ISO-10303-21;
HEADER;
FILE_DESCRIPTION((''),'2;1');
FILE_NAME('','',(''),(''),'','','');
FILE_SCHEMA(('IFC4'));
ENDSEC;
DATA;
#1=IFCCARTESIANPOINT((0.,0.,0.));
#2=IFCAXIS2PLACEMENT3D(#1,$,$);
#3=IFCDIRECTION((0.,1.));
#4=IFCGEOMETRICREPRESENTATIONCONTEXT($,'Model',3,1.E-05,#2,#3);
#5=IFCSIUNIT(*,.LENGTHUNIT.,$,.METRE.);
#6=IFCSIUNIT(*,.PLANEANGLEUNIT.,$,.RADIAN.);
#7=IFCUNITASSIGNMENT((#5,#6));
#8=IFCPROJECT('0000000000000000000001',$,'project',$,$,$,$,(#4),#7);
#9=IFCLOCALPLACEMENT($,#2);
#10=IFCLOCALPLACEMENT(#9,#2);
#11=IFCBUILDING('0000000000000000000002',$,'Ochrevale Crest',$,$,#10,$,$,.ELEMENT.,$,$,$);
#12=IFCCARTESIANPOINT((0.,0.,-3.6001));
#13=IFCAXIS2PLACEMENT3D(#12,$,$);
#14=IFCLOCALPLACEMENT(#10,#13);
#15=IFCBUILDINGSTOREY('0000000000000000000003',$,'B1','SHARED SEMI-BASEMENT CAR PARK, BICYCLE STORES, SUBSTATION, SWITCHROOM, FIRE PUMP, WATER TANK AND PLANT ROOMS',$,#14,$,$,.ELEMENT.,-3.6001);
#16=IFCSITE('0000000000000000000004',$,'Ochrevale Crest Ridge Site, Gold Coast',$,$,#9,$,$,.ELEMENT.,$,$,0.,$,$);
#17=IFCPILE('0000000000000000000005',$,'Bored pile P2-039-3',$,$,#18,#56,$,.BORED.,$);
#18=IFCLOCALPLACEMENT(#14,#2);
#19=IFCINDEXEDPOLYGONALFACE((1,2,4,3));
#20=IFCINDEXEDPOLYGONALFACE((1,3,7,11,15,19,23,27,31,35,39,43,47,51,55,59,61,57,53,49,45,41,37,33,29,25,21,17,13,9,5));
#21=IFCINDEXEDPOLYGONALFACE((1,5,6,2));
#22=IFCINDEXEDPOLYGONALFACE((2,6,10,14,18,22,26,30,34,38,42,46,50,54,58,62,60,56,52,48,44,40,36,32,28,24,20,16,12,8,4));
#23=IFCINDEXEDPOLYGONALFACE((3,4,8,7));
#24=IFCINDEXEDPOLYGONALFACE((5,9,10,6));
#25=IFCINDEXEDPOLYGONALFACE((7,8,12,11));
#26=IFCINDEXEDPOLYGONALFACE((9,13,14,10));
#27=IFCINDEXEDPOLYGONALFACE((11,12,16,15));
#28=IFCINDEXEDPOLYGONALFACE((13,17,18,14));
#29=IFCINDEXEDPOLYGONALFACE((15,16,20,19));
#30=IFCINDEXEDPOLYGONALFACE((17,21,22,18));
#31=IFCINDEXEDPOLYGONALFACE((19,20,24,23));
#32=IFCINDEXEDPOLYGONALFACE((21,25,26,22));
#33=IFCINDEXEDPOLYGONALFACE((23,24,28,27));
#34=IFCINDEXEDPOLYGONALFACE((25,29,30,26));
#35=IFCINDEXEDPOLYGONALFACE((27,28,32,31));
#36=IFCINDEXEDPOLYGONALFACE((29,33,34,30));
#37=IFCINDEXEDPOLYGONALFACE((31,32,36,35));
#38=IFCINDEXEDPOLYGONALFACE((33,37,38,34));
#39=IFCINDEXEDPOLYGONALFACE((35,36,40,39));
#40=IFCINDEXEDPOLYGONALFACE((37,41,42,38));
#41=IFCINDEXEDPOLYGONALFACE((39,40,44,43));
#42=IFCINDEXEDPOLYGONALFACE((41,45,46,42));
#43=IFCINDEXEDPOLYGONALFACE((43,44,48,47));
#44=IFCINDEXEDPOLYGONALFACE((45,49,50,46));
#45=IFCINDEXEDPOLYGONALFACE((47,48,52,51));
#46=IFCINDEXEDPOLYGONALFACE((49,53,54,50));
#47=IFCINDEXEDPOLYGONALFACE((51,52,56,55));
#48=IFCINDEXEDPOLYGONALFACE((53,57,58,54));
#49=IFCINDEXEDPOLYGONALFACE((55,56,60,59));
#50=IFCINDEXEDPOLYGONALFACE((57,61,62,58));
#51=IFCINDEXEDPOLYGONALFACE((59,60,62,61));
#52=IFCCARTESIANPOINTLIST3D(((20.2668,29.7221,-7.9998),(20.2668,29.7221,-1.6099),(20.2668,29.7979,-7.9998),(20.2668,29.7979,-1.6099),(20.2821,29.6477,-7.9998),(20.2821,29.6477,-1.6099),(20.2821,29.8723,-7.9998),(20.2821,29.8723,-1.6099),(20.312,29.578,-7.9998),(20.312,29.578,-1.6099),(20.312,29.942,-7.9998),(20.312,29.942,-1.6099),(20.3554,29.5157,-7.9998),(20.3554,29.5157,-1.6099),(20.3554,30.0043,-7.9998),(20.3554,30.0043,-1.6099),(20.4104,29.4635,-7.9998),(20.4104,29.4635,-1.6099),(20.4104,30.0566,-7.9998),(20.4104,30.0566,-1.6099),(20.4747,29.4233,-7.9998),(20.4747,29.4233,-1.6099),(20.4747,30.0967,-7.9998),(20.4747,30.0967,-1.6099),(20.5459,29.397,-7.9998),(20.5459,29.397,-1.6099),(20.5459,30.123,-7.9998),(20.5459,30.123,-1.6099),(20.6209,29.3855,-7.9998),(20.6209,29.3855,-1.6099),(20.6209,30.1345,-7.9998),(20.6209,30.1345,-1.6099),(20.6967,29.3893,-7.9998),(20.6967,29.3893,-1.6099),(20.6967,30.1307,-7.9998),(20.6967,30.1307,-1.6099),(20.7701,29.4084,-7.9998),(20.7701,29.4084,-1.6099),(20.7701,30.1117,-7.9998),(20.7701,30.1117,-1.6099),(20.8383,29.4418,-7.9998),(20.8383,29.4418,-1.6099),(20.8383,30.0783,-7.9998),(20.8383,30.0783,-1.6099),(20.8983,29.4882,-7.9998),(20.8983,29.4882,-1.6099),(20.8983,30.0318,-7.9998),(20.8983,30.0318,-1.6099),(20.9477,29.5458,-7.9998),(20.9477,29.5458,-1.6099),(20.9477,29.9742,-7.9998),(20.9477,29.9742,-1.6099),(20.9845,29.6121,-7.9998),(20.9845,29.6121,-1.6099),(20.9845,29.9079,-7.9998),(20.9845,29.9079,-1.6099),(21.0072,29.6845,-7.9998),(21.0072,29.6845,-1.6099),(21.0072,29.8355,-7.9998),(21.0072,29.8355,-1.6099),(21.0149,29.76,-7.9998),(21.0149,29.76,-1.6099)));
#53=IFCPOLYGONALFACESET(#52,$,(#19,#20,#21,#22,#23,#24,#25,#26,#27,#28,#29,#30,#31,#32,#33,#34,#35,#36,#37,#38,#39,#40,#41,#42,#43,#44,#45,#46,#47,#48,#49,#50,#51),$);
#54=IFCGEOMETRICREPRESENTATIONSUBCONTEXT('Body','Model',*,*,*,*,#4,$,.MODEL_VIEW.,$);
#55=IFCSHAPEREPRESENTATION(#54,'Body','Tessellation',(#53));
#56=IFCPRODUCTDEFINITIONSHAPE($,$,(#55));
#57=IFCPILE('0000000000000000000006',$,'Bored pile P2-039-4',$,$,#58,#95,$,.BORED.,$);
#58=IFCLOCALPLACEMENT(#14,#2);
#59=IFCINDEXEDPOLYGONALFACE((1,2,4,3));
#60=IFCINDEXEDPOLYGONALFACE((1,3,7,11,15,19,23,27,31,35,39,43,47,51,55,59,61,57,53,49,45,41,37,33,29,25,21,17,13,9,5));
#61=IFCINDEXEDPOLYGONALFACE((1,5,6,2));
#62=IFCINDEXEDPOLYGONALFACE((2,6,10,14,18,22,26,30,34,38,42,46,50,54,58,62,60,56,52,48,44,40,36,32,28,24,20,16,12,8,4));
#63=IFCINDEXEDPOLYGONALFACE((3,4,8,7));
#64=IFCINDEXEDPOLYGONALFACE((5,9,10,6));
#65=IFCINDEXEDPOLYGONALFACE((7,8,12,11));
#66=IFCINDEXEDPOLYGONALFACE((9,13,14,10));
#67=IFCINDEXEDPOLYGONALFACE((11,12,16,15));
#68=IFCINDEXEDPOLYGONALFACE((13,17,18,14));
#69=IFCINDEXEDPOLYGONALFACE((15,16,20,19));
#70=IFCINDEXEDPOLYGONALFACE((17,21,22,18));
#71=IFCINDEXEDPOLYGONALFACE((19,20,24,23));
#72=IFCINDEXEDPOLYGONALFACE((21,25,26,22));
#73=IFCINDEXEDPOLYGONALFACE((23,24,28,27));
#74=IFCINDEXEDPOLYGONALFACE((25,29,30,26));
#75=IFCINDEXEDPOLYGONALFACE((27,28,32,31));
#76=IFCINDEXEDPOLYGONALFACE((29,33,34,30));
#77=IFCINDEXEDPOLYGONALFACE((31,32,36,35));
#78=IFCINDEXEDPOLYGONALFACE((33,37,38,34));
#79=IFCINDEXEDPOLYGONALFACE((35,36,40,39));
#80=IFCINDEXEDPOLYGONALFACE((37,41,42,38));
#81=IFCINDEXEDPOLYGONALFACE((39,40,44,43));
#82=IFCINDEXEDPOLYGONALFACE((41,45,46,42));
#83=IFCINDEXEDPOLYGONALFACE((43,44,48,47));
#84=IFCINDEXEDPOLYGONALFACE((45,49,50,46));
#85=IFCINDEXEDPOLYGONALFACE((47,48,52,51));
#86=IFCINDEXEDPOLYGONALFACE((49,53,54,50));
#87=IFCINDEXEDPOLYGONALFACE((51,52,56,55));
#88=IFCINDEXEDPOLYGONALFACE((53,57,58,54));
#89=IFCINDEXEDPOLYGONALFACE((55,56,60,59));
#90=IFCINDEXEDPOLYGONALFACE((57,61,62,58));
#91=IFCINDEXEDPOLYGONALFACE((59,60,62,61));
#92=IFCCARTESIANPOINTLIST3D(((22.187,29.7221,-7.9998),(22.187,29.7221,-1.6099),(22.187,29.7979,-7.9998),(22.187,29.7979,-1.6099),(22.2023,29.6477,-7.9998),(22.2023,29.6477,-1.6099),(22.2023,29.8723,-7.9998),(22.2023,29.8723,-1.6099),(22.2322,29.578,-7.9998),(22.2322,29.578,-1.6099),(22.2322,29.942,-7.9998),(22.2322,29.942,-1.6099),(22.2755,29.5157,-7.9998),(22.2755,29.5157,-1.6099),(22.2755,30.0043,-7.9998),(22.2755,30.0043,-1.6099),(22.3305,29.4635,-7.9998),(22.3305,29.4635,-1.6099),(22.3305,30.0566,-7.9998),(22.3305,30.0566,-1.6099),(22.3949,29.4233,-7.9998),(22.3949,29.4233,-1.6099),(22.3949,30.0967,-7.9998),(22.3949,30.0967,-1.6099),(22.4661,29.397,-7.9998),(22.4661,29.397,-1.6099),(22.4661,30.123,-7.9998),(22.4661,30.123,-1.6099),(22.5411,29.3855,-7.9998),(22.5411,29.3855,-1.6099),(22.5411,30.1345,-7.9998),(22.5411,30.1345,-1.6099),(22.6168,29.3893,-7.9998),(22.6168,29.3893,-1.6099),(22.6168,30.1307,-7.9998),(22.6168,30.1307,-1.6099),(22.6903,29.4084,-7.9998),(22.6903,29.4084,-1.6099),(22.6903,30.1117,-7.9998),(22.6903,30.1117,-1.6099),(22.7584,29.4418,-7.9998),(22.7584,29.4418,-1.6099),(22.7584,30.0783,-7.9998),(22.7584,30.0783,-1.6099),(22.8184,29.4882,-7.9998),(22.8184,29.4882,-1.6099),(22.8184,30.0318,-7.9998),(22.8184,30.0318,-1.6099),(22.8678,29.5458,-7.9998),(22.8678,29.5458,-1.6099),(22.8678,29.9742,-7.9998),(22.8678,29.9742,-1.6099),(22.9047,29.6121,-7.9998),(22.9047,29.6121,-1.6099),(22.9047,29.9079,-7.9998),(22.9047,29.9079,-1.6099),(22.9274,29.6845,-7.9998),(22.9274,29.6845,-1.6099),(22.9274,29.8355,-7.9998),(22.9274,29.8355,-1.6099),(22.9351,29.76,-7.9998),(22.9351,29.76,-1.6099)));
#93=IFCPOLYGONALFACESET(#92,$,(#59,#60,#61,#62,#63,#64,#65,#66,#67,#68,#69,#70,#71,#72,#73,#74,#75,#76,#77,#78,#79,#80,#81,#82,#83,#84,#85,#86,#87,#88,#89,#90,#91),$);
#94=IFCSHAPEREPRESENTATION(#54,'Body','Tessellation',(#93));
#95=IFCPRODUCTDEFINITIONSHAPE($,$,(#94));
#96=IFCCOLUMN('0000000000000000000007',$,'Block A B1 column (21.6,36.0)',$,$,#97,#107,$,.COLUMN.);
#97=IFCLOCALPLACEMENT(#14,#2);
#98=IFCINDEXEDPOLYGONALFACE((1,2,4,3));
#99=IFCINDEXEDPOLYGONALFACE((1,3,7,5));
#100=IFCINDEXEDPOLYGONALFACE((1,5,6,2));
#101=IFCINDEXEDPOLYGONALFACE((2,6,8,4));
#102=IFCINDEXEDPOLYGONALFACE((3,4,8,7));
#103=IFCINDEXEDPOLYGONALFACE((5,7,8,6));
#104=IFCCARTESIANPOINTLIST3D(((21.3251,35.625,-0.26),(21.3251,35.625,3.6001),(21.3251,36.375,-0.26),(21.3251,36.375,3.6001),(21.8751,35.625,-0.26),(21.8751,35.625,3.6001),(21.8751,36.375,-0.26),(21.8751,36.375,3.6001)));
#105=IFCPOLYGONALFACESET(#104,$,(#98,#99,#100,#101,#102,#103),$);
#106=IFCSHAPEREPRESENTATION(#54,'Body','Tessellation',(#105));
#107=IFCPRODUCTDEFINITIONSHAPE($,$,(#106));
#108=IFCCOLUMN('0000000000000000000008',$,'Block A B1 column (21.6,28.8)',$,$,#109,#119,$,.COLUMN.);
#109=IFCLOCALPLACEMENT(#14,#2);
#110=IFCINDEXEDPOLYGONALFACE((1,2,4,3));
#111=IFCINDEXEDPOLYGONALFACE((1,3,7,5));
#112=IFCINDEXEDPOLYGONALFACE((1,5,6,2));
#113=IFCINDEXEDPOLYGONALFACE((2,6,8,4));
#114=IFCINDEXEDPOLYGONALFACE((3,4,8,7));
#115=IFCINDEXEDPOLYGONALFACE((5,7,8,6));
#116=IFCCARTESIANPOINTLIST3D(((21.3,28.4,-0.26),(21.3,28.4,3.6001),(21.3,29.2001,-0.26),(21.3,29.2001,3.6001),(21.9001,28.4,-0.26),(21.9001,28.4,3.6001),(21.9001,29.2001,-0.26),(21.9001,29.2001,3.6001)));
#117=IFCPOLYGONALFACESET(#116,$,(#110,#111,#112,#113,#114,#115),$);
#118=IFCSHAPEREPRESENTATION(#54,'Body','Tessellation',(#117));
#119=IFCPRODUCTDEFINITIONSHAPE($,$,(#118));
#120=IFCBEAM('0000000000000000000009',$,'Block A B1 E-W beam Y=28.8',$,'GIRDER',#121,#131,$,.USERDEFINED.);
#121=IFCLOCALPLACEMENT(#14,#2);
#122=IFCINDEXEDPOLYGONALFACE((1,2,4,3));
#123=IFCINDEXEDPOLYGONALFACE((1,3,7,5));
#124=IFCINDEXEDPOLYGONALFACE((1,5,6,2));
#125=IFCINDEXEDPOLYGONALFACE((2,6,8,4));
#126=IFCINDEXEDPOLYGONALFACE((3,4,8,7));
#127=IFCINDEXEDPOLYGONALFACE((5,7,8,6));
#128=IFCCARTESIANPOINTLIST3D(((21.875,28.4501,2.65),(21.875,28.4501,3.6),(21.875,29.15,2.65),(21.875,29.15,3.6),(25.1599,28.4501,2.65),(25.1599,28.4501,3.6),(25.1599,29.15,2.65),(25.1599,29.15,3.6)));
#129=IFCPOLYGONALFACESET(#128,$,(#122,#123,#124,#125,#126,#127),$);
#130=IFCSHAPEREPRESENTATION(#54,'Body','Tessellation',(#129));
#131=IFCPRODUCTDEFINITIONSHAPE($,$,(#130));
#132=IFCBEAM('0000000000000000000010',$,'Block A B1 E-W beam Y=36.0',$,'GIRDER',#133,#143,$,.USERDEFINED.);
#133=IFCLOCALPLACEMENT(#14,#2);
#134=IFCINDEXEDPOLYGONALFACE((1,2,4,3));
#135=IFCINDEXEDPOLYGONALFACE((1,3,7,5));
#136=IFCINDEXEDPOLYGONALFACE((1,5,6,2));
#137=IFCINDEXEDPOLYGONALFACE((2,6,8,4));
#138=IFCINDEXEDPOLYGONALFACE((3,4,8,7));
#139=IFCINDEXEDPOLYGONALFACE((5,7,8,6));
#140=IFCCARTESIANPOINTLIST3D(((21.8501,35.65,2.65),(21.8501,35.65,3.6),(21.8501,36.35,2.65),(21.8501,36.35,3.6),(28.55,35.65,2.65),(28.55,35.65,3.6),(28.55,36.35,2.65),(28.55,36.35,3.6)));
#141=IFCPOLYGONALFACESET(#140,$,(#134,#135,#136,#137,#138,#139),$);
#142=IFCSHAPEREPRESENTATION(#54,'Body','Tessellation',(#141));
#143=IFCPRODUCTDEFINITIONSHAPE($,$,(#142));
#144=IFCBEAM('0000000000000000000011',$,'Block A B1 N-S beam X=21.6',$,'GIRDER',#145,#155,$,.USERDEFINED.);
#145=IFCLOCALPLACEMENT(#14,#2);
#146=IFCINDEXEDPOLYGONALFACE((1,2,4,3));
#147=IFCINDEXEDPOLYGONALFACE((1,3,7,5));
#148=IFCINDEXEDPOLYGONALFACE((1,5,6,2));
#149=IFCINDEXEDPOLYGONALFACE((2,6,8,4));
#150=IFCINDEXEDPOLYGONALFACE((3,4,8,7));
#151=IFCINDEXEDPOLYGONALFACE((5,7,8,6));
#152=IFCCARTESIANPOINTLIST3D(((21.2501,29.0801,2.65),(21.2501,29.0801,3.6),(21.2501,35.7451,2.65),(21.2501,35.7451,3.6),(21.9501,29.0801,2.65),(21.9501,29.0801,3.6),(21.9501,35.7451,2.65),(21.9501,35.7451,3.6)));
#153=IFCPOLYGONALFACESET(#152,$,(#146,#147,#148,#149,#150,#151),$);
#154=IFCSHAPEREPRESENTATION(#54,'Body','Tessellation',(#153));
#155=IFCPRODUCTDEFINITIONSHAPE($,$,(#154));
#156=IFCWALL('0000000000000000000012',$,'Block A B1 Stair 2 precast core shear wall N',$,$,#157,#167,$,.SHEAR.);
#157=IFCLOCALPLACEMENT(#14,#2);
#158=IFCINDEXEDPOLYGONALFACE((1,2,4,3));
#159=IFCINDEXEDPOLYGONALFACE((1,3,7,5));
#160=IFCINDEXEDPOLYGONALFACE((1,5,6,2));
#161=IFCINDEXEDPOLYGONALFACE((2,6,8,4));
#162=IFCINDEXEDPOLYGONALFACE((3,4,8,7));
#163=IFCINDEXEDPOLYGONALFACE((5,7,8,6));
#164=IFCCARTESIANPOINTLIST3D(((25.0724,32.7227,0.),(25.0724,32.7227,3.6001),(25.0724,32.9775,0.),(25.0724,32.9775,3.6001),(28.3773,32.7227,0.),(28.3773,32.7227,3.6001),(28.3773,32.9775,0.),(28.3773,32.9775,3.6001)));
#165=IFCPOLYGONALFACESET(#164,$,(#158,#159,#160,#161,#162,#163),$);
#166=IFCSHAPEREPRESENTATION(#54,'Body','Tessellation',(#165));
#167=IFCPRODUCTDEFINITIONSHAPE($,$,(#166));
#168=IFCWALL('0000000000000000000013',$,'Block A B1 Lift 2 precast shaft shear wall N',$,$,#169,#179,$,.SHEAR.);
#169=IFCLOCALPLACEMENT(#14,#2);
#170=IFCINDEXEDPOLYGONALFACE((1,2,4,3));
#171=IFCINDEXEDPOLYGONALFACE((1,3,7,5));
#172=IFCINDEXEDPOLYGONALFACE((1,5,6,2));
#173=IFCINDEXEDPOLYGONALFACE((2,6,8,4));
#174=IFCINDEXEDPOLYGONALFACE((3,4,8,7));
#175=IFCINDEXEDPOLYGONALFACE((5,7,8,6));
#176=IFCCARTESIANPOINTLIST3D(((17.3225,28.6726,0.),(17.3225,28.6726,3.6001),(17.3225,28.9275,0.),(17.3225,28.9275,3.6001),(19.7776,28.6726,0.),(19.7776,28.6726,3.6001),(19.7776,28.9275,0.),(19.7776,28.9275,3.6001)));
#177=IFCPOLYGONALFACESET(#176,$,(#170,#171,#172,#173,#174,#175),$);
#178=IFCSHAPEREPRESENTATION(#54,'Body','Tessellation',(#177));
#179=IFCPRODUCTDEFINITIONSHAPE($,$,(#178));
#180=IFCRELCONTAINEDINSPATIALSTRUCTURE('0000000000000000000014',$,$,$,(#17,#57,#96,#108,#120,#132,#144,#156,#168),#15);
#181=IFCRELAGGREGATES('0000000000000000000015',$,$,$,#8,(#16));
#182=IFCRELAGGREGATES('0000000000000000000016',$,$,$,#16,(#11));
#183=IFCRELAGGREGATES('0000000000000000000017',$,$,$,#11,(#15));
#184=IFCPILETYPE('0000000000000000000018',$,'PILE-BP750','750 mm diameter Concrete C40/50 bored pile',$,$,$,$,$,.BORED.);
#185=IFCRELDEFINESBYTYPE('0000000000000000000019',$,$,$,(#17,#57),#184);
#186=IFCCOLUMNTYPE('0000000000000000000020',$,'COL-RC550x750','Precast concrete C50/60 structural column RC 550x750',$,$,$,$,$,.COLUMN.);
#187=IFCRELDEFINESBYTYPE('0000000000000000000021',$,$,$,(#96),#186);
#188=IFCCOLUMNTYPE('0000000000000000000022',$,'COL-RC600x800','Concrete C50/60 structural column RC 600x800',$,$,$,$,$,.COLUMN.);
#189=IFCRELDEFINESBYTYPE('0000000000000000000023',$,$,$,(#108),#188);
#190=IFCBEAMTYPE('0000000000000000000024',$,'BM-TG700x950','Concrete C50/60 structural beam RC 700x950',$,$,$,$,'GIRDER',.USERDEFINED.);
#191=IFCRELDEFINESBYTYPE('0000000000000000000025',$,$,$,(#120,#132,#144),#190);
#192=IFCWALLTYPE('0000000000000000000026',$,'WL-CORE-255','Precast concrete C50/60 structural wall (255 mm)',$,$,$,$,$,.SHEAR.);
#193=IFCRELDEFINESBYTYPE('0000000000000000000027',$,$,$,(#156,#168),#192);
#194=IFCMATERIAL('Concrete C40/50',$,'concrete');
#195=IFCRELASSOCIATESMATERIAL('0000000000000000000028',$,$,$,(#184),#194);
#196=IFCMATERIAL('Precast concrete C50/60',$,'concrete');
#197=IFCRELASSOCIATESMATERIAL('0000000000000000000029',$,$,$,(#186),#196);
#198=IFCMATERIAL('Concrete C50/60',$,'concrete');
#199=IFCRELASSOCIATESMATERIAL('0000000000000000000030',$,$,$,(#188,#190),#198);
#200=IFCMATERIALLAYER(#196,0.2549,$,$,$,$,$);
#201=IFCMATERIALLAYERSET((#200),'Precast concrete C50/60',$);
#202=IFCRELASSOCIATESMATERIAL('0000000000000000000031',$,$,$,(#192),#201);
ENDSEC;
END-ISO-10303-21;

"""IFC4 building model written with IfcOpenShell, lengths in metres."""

from ifc_helpers import new_model, si_unit, direction, frame, frame_2d, origin, origin_2d, place, context, subcontext, project, spatial, rectangle, circle, extrude, material, layer, layer_set, material_profile, profile_set, type_object, element, save


model = new_model("IFC4")

# Units and contexts
model_context = context("Model", 3, precision=1e-05, world=origin(), true_north=direction((0.0, 1.0)))
body_context = subcontext(model_context, "Body", "Model", "MODEL_VIEW")
ifc_project = project(units=[si_unit("LENGTHUNIT", "METRE"), si_unit("PLANEANGLEUNIT", "RADIAN")], contexts=[model_context])

# Site, building, storey
site_placement = place(None, origin())
site = spatial("IfcSite", under=ifc_project, at=site_placement, Name="Ochrevale Crest Ridge Site, Gold Coast", CompositionType="ELEMENT", RefElevation=0.0)
building_placement = place(site_placement, origin())
building = spatial("IfcBuilding", under=site, at=building_placement, Name="Ochrevale Crest", CompositionType="ELEMENT")
storey_placement = place(building_placement, frame((0.0, 0.0, -3.6001)))
storey = spatial("IfcBuildingStorey", under=building, at=storey_placement, Name="B1", Description="SHARED SEMI-BASEMENT CAR PARK, BICYCLE STORES, SUBSTATION, SWITCHROOM, FIRE PUMP, WATER TANK AND PLANT ROOMS", CompositionType="ELEMENT", Elevation=-3.6001)

# Shared definitions
ifc_material_1 = material(Name="Concrete C40/50", Category="concrete")

# Piles
ifc_material_profile_1 = material_profile(ifc_material_1, circle(Radius=0.375, at=origin_2d()), Name="BORED PILE 750")
ifc_profile_set_1 = profile_set([ifc_material_profile_1], Name="Concrete C40/50")
pile_type_1 = type_object("IfcPileType", Name="PILE-BP750", Description="750 mm diameter Concrete C40/50 bored pile", PredefinedType="BORED", material=ifc_profile_set_1)
for number, where, z_axis, x_axis, name in (
    (1, (20.6399, 29.76, -1.6099), (0.0, 0.0, -1.0), (1.0, 0.0, 0.0), "Bored pile P2-039-3"),
    (2, (22.5601, 29.76, -1.6099), (0.0, 0.0, -1.0), (1.0, 0.0, 0.0), "Bored pile P2-039-4"),
):
    element("IfcPile", number, at=place(storey_placement, frame(where, z_axis=z_axis, x_axis=x_axis)), inside=storey, type_object=pile_type_1, Name=name, PredefinedType="BORED", context=body_context, shape_type="SweptSolid", body=[
        extrude(circle(Radius=0.375, at=origin_2d()), origin(), (0.0, 0.0, 1.0), 6.3899),
    ])

# Columns
ifc_material_2 = material(Name="Precast concrete C50/60", Category="concrete")
ifc_material_profile_2 = material_profile(ifc_material_2, rectangle(XDim=0.55, YDim=0.75, at=origin_2d()), Name="RC 550x750")
ifc_profile_set_2 = profile_set([ifc_material_profile_2], Name="Precast concrete C50/60")
column_type_1 = type_object("IfcColumnType", Name="COL-RC550x750", Description="Precast concrete C50/60 structural column RC 550x750", PredefinedType="COLUMN", material=ifc_profile_set_2)
column_1_placement = place(storey_placement, frame((21.6001, 36.0, -0.26), z_axis=(0.0, 0.0, 1.0), x_axis=(1.0, 0.0, 0.0)))
element("IfcColumn", 3, at=column_1_placement, inside=storey, type_object=column_type_1, Name="Block A B1 column (21.6,36.0)", PredefinedType="COLUMN", context=body_context, shape_type="SweptSolid", body=[
    extrude(rectangle(XDim=0.55, YDim=0.75, at=origin_2d()), origin(), (0.0, 0.0, 1.0), 3.8601),
])
ifc_material_3 = material(Name="Concrete C50/60", Category="concrete")
ifc_material_profile_3 = material_profile(ifc_material_3, rectangle(XDim=0.6001, YDim=0.8, at=origin_2d()), Name="RC 600x800")
ifc_profile_set_3 = profile_set([ifc_material_profile_3], Name="Concrete C50/60")
column_type_2 = type_object("IfcColumnType", Name="COL-RC600x800", Description="Concrete C50/60 structural column RC 600x800", PredefinedType="COLUMN", material=ifc_profile_set_3)
column_2_placement = place(storey_placement, frame((21.6001, 28.8, -0.26), z_axis=(0.0, 0.0, 1.0), x_axis=(1.0, 0.0, 0.0)))
element("IfcColumn", 4, at=column_2_placement, inside=storey, type_object=column_type_2, Name="Block A B1 column (21.6,28.8)", PredefinedType="COLUMN", context=body_context, shape_type="SweptSolid", body=[
    extrude(rectangle(XDim=0.6001, YDim=0.8, at=origin_2d()), origin(), (0.0, 0.0, 1.0), 3.8601),
])

# Beams
ifc_material_profile_4 = material_profile(ifc_material_3, rectangle(XDim=0.7, YDim=0.95, at=origin_2d()), Name="RC 700x950")
ifc_profile_set_4 = profile_set([ifc_material_profile_4], Name="Concrete C50/60")
beam_type = type_object("IfcBeamType", Name="BM-TG700x950", Description="Concrete C50/60 structural beam RC 700x950", ElementType="GIRDER", PredefinedType="USERDEFINED", material=ifc_profile_set_4)
beam_1_placement = place(storey_placement, frame((21.875, 28.8, 3.125), z_axis=(1.0, 0.0, 0.0), x_axis=(0.0, 1.0, 0.0)))
element("IfcBeam", 5, at=beam_1_placement, inside=storey, type_object=beam_type, Name="Block A B1 E-W beam Y=28.8", ObjectType="GIRDER", PredefinedType="USERDEFINED", context=body_context, shape_type="SweptSolid", body=[
    extrude(rectangle(XDim=0.7, YDim=0.95, at=origin_2d()), origin(), (0.0, 0.0, 1.0), 3.2849),
])
beam_2_placement = place(storey_placement, frame((21.8501, 36.0, 3.125), z_axis=(1.0, 0.0, 0.0), x_axis=(0.0, 1.0, 0.0)))
element("IfcBeam", 6, at=beam_2_placement, inside=storey, type_object=beam_type, Name="Block A B1 E-W beam Y=36.0", ObjectType="GIRDER", PredefinedType="USERDEFINED", context=body_context, shape_type="SweptSolid", body=[
    extrude(rectangle(XDim=0.7, YDim=0.95, at=origin_2d()), origin(), (0.0, 0.0, 1.0), 6.7),
])
beam_3_placement = place(storey_placement, frame((21.6001, 29.0801, 3.125), z_axis=(0.0, 1.0, 0.0), x_axis=(-1.0, 0.0, 0.0)))
element("IfcBeam", 7, at=beam_3_placement, inside=storey, type_object=beam_type, Name="Block A B1 N-S beam X=21.6", ObjectType="GIRDER", PredefinedType="USERDEFINED", context=body_context, shape_type="SweptSolid", body=[
    extrude(rectangle(XDim=0.7, YDim=0.95, at=origin_2d()), origin(), (0.0, 0.0, 1.0), 6.665),
])

# Walls
ifc_layer = layer(ifc_material_2, 0.2549)
ifc_layer_set = layer_set([ifc_layer], Name="Precast concrete C50/60")
wall_type = type_object("IfcWallType", Name="WL-CORE-255", Description="Precast concrete C50/60 structural wall (255 mm)", PredefinedType="SHEAR", material=ifc_layer_set)
wall_1_placement = place(storey_placement, frame((25.0725, 32.8501, 0.0), z_axis=(0.0, 0.0, 1.0), x_axis=(1.0, 0.0, 0.0)))
element("IfcWall", 8, at=wall_1_placement, inside=storey, type_object=wall_type, Name="Block A B1 Stair 2 precast core shear wall N", PredefinedType="SHEAR", context=body_context, shape_type="SweptSolid", body=[
    extrude(rectangle(XDim=3.3049, YDim=0.2549, at=frame_2d((1.6523, 0.0))), origin(), (0.0, 0.0, 1.0), 3.6001),
])
wall_2_placement = place(storey_placement, frame((17.3225, 28.8, 0.0), z_axis=(0.0, 0.0, 1.0), x_axis=(1.0, 0.0, 0.0)))
element("IfcWall", 9, at=wall_2_placement, inside=storey, type_object=wall_type, Name="Block A B1 Lift 2 precast shaft shear wall N", PredefinedType="SHEAR", context=body_context, shape_type="SweptSolid", body=[
    extrude(rectangle(XDim=2.4551, YDim=0.2549, at=frame_2d((1.2275, 0.0))), origin(), (0.0, 0.0, 1.0), 3.6001),
])

save(model, "model.ifc")
